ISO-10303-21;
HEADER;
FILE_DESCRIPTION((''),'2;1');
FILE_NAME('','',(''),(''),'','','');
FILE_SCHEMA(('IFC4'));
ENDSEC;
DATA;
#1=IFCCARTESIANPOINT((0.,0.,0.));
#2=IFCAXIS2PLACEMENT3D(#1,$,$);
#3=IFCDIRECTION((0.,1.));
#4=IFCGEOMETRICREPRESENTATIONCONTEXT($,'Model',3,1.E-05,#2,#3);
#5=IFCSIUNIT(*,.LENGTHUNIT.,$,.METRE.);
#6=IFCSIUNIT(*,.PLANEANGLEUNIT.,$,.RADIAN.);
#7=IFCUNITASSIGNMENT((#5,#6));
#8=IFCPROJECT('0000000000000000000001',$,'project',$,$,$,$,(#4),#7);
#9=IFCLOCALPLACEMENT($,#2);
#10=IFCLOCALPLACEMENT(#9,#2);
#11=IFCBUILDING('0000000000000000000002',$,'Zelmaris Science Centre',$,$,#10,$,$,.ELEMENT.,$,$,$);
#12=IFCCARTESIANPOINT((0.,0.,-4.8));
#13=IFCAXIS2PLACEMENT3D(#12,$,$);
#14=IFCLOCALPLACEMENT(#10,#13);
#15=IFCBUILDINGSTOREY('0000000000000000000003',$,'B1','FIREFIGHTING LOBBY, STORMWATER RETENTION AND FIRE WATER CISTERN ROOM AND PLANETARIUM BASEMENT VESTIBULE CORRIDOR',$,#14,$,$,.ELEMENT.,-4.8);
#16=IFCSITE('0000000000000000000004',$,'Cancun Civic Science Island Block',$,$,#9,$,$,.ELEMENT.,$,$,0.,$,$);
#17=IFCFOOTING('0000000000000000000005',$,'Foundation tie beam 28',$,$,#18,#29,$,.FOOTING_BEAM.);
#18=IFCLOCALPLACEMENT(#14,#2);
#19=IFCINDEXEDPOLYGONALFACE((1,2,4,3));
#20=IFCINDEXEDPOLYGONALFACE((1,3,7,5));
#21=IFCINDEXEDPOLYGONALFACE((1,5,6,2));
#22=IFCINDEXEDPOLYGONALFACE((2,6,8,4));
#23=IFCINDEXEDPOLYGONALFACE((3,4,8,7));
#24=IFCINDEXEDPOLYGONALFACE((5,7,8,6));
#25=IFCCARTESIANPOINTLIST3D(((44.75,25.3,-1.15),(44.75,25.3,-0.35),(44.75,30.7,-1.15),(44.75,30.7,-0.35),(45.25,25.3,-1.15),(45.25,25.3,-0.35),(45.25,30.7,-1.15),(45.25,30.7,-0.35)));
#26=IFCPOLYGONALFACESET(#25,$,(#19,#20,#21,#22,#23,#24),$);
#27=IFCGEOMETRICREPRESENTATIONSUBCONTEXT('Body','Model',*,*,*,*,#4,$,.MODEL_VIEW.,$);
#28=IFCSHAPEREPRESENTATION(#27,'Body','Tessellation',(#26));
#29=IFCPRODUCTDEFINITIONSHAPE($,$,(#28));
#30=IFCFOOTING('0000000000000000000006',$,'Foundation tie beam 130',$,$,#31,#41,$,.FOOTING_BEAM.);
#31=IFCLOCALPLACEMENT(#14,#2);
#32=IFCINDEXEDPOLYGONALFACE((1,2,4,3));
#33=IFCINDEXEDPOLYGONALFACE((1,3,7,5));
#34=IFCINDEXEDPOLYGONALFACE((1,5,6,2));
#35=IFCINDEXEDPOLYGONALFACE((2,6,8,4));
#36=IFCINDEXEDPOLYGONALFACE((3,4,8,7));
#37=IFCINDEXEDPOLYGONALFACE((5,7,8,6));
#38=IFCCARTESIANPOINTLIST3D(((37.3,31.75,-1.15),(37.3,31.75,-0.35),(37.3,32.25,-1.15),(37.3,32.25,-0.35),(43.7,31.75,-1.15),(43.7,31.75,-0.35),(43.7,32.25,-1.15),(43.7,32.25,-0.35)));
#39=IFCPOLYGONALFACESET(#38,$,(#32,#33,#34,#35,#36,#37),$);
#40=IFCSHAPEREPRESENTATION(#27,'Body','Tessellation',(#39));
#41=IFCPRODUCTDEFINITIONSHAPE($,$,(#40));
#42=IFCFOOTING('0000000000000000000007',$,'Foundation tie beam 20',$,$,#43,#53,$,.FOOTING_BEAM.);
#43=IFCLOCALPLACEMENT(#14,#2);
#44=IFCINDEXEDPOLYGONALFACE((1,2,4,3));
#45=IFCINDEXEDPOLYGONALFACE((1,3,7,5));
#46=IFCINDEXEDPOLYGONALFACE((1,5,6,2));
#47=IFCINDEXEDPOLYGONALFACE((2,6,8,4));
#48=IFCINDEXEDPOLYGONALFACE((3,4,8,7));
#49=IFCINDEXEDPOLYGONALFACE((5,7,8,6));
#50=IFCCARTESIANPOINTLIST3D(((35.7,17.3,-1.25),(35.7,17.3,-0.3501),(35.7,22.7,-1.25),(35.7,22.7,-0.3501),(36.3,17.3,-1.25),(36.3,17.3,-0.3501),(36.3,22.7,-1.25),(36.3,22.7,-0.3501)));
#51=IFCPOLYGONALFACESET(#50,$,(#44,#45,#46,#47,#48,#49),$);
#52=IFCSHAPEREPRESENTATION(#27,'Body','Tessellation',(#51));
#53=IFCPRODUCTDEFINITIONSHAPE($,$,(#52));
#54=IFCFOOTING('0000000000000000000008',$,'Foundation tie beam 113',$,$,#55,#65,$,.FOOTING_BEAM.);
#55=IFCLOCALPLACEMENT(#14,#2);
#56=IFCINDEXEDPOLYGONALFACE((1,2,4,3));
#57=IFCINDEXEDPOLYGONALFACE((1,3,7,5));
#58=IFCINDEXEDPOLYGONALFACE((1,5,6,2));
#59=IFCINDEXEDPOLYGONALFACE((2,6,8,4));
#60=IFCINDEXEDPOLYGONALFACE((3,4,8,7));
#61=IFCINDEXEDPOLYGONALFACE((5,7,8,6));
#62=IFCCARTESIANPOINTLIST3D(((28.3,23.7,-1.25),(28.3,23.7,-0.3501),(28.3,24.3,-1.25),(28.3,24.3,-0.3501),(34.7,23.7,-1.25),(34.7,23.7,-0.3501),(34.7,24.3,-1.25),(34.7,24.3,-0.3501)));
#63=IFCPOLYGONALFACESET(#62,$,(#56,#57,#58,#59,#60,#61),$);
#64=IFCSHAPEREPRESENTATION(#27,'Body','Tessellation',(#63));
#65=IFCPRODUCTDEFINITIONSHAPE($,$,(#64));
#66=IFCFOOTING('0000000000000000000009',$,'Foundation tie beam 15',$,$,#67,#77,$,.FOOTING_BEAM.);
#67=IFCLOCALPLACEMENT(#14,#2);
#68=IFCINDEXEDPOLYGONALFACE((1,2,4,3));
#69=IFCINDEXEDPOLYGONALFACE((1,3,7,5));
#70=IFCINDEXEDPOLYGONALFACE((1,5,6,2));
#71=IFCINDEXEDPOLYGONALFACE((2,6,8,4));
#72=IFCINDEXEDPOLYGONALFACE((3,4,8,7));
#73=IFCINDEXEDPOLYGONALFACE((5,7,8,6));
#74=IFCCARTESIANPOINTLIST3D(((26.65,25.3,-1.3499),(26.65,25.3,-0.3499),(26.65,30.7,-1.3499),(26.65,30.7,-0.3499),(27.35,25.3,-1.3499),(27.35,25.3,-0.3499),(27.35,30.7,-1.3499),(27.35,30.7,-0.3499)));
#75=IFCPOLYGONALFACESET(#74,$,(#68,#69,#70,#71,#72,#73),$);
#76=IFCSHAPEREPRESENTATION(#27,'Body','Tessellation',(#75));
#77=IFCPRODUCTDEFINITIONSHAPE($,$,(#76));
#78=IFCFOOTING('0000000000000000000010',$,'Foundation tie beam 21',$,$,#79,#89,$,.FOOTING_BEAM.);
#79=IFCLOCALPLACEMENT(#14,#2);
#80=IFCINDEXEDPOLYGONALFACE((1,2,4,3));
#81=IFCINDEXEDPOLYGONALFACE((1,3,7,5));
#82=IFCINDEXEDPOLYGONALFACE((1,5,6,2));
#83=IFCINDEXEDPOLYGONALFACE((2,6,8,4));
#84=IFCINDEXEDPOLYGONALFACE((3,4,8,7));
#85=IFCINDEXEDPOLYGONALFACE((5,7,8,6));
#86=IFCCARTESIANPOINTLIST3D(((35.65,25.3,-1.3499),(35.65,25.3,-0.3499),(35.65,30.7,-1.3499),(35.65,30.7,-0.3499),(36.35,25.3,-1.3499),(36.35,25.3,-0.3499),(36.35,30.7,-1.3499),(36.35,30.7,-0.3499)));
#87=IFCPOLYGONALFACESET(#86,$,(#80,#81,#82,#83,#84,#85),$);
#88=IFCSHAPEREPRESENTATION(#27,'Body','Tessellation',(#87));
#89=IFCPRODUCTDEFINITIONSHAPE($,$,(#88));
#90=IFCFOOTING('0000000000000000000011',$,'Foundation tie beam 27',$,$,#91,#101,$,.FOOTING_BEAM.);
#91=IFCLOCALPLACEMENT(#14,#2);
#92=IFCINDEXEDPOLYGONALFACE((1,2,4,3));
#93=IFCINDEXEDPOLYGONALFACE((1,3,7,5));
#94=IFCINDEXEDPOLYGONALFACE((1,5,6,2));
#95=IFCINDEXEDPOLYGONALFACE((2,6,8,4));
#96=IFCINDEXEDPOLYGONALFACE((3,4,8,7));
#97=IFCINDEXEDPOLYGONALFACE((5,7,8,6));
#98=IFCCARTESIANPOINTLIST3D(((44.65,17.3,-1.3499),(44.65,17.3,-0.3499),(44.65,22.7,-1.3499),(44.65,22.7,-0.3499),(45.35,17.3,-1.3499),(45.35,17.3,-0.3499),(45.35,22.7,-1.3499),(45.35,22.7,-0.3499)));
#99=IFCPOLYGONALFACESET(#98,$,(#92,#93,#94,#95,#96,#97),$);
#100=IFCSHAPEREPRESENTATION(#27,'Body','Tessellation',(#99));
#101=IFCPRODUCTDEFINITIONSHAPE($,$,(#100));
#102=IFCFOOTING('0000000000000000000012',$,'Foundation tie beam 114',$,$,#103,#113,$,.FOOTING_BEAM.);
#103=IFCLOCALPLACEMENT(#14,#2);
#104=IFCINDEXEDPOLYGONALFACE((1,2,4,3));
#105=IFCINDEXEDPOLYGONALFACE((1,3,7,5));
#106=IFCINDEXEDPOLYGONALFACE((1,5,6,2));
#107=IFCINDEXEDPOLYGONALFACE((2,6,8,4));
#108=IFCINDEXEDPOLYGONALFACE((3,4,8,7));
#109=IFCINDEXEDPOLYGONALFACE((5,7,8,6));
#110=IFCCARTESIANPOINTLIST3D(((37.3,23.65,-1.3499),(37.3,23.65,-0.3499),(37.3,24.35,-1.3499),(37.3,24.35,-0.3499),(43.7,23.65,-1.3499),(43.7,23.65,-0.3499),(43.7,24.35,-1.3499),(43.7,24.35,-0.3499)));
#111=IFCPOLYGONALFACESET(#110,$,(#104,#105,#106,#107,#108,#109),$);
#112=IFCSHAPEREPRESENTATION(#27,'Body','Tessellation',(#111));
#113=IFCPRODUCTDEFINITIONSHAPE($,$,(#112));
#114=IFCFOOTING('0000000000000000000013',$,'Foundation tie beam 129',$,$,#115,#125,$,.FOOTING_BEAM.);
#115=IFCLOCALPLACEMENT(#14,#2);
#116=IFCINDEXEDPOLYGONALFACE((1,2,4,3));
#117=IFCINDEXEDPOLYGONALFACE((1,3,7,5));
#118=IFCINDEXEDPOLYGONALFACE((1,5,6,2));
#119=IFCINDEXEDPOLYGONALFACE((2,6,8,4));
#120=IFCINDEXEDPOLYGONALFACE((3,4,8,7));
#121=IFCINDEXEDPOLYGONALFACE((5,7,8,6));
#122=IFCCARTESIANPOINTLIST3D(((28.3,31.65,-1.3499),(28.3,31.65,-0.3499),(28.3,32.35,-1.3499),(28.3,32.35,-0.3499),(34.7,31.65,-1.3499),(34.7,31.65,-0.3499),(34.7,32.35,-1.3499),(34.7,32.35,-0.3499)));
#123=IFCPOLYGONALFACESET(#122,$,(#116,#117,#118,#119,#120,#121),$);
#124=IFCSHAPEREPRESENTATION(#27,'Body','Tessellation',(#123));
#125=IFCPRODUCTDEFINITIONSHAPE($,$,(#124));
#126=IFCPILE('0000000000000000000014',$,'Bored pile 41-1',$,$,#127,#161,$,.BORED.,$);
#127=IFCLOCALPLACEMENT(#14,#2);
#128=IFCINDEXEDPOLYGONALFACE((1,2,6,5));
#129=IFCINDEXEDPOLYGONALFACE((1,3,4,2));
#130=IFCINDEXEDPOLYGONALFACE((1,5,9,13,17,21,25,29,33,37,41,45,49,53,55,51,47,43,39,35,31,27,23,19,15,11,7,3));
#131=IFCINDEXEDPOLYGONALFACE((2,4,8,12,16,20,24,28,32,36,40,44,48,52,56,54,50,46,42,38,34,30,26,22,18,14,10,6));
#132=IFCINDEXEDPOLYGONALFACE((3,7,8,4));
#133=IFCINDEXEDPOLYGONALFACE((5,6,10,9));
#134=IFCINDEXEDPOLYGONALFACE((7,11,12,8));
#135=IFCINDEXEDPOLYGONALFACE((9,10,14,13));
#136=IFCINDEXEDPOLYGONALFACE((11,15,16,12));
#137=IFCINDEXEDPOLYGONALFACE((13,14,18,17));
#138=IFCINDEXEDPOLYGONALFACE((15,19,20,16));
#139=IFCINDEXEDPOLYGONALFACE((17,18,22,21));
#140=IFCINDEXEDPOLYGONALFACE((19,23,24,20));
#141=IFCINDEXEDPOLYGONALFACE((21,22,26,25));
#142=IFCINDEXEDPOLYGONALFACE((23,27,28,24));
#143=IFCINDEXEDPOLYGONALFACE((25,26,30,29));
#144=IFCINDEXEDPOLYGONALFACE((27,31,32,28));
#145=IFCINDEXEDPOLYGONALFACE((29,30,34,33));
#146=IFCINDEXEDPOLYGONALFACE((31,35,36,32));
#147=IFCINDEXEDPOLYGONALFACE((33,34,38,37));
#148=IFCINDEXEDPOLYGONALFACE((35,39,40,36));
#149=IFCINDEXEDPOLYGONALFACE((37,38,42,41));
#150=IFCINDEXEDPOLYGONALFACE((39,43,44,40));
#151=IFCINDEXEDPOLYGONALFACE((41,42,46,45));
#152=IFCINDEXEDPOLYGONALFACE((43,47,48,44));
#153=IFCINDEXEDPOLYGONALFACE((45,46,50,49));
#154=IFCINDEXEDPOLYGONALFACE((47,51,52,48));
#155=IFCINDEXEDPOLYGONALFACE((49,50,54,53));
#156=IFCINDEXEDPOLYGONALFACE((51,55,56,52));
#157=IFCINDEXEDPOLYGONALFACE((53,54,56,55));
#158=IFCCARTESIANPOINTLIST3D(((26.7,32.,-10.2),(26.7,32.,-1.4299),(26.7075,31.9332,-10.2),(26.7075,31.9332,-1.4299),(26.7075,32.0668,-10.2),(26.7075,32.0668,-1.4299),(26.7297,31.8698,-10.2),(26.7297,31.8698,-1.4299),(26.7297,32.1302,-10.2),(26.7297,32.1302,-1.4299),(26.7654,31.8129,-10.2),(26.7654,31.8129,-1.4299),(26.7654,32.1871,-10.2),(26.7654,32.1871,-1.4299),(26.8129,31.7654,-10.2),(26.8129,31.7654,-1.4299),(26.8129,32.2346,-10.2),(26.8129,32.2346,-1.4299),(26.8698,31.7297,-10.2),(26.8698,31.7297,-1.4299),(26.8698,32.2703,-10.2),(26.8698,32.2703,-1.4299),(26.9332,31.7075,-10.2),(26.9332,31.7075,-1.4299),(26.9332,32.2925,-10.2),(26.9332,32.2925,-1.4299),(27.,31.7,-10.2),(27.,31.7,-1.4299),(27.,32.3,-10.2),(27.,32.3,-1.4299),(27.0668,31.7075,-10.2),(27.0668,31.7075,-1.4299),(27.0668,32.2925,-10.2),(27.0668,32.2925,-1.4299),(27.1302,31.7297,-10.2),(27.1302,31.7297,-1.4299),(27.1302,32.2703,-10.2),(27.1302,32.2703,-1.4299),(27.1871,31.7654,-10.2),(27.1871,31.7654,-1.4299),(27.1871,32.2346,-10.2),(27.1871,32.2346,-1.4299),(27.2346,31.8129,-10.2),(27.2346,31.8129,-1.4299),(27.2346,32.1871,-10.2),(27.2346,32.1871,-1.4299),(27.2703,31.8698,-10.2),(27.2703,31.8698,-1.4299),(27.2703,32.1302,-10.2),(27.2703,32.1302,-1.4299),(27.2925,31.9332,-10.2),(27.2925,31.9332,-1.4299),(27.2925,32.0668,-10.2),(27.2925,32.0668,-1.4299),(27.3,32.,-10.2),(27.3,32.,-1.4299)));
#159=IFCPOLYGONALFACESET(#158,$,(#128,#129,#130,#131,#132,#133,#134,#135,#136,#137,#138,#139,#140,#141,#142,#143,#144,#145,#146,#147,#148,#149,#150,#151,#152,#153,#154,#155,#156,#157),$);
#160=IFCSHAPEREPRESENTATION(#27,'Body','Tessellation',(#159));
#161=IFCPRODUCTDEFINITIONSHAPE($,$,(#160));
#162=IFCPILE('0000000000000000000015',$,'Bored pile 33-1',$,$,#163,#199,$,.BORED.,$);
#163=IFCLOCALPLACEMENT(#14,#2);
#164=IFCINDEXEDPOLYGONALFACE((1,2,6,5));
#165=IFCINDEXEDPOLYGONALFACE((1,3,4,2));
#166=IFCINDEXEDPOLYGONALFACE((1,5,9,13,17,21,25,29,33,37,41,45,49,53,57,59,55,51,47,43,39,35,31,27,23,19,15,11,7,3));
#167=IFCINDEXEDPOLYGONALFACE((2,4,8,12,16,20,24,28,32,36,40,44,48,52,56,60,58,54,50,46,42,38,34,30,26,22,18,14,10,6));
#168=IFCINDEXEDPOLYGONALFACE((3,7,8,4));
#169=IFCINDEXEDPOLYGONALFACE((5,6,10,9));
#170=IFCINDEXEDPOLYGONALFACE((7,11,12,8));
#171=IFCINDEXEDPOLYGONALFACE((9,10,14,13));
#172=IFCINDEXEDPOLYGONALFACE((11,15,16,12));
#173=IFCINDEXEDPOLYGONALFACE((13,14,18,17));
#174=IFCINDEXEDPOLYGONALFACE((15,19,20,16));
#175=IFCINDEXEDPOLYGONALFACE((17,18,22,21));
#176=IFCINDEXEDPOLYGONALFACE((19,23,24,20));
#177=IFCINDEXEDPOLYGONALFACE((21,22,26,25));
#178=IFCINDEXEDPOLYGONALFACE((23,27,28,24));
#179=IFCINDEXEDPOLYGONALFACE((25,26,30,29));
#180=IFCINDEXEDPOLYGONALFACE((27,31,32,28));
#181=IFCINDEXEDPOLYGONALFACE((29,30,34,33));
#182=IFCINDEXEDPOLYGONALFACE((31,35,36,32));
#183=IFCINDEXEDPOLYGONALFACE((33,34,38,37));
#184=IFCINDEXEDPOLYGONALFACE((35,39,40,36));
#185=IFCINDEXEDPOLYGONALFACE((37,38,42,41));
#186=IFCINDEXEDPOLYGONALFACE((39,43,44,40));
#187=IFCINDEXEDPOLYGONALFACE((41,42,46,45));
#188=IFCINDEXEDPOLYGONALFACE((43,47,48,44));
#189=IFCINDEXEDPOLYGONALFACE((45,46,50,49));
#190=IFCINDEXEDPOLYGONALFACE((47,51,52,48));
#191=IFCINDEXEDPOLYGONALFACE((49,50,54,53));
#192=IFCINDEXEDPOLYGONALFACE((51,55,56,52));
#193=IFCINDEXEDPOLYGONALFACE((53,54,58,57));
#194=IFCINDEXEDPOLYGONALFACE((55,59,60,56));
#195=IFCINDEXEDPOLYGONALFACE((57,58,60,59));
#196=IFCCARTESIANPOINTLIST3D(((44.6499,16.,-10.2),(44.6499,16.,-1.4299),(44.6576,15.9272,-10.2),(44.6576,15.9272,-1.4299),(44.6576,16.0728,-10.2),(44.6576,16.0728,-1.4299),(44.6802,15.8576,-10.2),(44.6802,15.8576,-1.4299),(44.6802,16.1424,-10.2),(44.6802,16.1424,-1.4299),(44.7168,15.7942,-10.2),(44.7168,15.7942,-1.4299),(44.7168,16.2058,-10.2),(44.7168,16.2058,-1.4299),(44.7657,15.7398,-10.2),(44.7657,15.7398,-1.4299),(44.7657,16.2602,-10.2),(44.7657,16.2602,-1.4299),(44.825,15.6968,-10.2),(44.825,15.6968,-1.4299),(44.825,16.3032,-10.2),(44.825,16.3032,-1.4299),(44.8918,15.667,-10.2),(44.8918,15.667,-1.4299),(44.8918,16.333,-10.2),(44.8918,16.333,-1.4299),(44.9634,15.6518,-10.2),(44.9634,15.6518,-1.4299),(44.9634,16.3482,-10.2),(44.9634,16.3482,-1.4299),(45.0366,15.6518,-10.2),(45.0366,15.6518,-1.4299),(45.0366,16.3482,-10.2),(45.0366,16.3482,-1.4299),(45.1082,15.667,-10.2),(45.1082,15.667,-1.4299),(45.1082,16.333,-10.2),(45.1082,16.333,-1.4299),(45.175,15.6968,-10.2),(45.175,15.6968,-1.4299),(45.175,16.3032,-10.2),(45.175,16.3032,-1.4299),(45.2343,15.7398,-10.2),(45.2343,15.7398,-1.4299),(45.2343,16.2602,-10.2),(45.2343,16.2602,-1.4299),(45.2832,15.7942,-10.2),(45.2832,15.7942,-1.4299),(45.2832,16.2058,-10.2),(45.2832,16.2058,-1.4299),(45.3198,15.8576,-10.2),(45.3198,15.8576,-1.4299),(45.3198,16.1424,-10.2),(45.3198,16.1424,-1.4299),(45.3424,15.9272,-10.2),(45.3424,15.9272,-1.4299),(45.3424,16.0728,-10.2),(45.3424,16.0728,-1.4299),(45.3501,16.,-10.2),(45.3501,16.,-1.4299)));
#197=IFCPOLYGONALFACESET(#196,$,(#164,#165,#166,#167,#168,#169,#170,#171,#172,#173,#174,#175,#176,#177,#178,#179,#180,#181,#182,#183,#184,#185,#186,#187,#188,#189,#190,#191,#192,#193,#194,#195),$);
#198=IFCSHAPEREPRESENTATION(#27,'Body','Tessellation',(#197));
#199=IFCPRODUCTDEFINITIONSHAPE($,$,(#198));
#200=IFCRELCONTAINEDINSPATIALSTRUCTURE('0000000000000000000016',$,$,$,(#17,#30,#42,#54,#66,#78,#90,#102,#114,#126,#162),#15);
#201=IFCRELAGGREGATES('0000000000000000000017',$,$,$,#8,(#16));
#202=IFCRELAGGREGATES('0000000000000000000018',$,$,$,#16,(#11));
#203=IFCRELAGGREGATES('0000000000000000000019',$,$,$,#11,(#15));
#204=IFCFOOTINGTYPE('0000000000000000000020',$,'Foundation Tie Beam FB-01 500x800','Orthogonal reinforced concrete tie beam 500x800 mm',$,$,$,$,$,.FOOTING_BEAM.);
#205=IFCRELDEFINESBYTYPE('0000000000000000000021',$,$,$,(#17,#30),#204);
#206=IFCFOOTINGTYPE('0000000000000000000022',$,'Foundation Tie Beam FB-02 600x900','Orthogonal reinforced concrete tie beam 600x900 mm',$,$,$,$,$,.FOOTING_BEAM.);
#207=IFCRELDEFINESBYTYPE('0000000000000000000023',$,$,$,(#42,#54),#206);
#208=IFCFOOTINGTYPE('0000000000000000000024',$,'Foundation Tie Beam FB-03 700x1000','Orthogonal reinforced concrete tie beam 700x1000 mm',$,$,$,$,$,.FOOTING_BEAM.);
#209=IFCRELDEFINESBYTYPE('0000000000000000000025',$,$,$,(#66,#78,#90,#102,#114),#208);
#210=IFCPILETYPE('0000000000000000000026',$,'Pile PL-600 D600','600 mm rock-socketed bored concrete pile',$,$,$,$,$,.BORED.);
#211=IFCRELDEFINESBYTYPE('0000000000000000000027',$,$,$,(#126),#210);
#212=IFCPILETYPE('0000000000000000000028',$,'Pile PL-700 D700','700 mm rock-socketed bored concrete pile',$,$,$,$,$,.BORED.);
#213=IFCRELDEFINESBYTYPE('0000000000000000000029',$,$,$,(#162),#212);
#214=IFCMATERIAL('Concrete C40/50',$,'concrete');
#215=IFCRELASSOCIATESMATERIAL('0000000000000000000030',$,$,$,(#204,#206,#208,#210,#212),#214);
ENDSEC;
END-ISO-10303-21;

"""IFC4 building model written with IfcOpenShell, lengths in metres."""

from ifc_helpers import new_model, si_unit, direction, frame, origin, origin_2d, place, context, subcontext, project, spatial, rectangle, circle, extrude, material, material_profile, profile_set, type_object, element, save


model = new_model("IFC4")

# Units and contexts
model_context = context("Model", 3, precision=1e-05, world=origin(), true_north=direction((0.0, 1.0)))
body_context = subcontext(model_context, "Body", "Model", "MODEL_VIEW")
ifc_project = project(units=[si_unit("LENGTHUNIT", "METRE"), si_unit("PLANEANGLEUNIT", "RADIAN")], contexts=[model_context])

# Site, building, storey
site_placement = place(None, origin())
site = spatial("IfcSite", under=ifc_project, at=site_placement, Name="Cancun Civic Science Island Block", CompositionType="ELEMENT", RefElevation=0.0)
building_placement = place(site_placement, origin())
building = spatial("IfcBuilding", under=site, at=building_placement, Name="Zelmaris Science Centre", CompositionType="ELEMENT")
storey_placement = place(building_placement, frame((0.0, 0.0, -4.8)))
storey = spatial("IfcBuildingStorey", under=building, at=storey_placement, Name="B1", Description="FIREFIGHTING LOBBY, STORMWATER RETENTION AND FIRE WATER CISTERN ROOM AND PLANETARIUM BASEMENT VESTIBULE CORRIDOR", CompositionType="ELEMENT", Elevation=-4.8)

# Footings
ifc_material_1 = material(Name="Concrete C40/50", Category="concrete")
ifc_material_profile_1 = material_profile(ifc_material_1, rectangle(XDim=0.5, YDim=0.8, at=origin_2d()), Name="FB-500X800")
ifc_profile_set_1 = profile_set([ifc_material_profile_1], Name="Concrete C40/50")
footing_type_1 = type_object("IfcFootingType", Name="Foundation Tie Beam FB-01 500x800", Description="Orthogonal reinforced concrete tie beam 500x800 mm", PredefinedType="FOOTING_BEAM", material=ifc_profile_set_1)
footing_1_placement = place(storey_placement, frame((45.0, 25.3, -0.75), z_axis=(0.0, 1.0, 0.0), x_axis=(-1.0, 0.0, 0.0)))
element("IfcFooting", 1, at=footing_1_placement, inside=storey, type_object=footing_type_1, Name="Foundation tie beam 28", PredefinedType="FOOTING_BEAM", context=body_context, shape_type="SweptSolid", body=[
    extrude(rectangle(XDim=0.5, YDim=0.8, at=origin_2d()), origin(), (0.0, 0.0, 1.0), 5.3999),
])
footing_2_placement = place(storey_placement, frame((37.3, 32.0, -0.75), z_axis=(1.0, 0.0, 0.0), x_axis=(0.0, 1.0, 0.0)))
element("IfcFooting", 2, at=footing_2_placement, inside=storey, type_object=footing_type_1, Name="Foundation tie beam 130", PredefinedType="FOOTING_BEAM", context=body_context, shape_type="SweptSolid", body=[
    extrude(rectangle(XDim=0.5, YDim=0.8, at=origin_2d()), origin(), (0.0, 0.0, 1.0), 6.3999),
])
ifc_material_profile_2 = material_profile(ifc_material_1, rectangle(XDim=0.6001, YDim=0.8999, at=origin_2d()), Name="FB-600X900")
ifc_profile_set_2 = profile_set([ifc_material_profile_2], Name="Concrete C40/50")
footing_type_2 = type_object("IfcFootingType", Name="Foundation Tie Beam FB-02 600x900", Description="Orthogonal reinforced concrete tie beam 600x900 mm", PredefinedType="FOOTING_BEAM", material=ifc_profile_set_2)
footing_3_placement = place(storey_placement, frame((36.0, 17.3, -0.8), z_axis=(0.0, 1.0, 0.0), x_axis=(-1.0, 0.0, 0.0)))
element("IfcFooting", 3, at=footing_3_placement, inside=storey, type_object=footing_type_2, Name="Foundation tie beam 20", PredefinedType="FOOTING_BEAM", context=body_context, shape_type="SweptSolid", body=[
    extrude(rectangle(XDim=0.6001, YDim=0.8999, at=origin_2d()), origin(), (0.0, 0.0, 1.0), 5.3999),
])
footing_4_placement = place(storey_placement, frame((28.3, 24.0, -0.8), z_axis=(1.0, 0.0, 0.0), x_axis=(0.0, 1.0, 0.0)))
element("IfcFooting", 4, at=footing_4_placement, inside=storey, type_object=footing_type_2, Name="Foundation tie beam 113", PredefinedType="FOOTING_BEAM", context=body_context, shape_type="SweptSolid", body=[
    extrude(rectangle(XDim=0.6001, YDim=0.8999, at=origin_2d()), origin(), (0.0, 0.0, 1.0), 6.3999),
])
ifc_material_profile_3 = material_profile(ifc_material_1, rectangle(XDim=0.7, YDim=1.0, at=origin_2d()), Name="FB-700X1000")
ifc_profile_set_3 = profile_set([ifc_material_profile_3], Name="Concrete C40/50")
footing_type_3 = type_object("IfcFootingType", Name="Foundation Tie Beam FB-03 700x1000", Description="Orthogonal reinforced concrete tie beam 700x1000 mm", PredefinedType="FOOTING_BEAM", material=ifc_profile_set_3)
for number, where, z_axis, x_axis, name in (
    (5, (27.0, 25.3, -0.8499), (0.0, 1.0, 0.0), (-1.0, 0.0, 0.0), "Foundation tie beam 15"),
    (6, (36.0, 25.3, -0.8499), (0.0, 1.0, 0.0), (-1.0, 0.0, 0.0), "Foundation tie beam 21"),
    (7, (45.0, 17.3, -0.8499), (0.0, 1.0, 0.0), (-1.0, 0.0, 0.0), "Foundation tie beam 27"),
):
    element("IfcFooting", number, at=place(storey_placement, frame(where, z_axis=z_axis, x_axis=x_axis)), inside=storey, type_object=footing_type_3, Name=name, PredefinedType="FOOTING_BEAM", context=body_context, shape_type="SweptSolid", body=[
        extrude(rectangle(XDim=0.7, YDim=1.0, at=origin_2d()), origin(), (0.0, 0.0, 1.0), 5.3999),
    ])
for number, where, z_axis, x_axis, name in (
    (8, (37.3, 24.0, -0.8499), (1.0, 0.0, 0.0), (0.0, 1.0, 0.0), "Foundation tie beam 114"),
    (9, (28.3, 32.0, -0.8499), (1.0, 0.0, 0.0), (0.0, 1.0, 0.0), "Foundation tie beam 129"),
):
    element("IfcFooting", number, at=place(storey_placement, frame(where, z_axis=z_axis, x_axis=x_axis)), inside=storey, type_object=footing_type_3, Name=name, PredefinedType="FOOTING_BEAM", context=body_context, shape_type="SweptSolid", body=[
        extrude(rectangle(XDim=0.7, YDim=1.0, at=origin_2d()), origin(), (0.0, 0.0, 1.0), 6.3999),
    ])

# Piles
ifc_material_profile_4 = material_profile(ifc_material_1, circle(Radius=0.3, at=origin_2d()), Name="PILE-600")
ifc_profile_set_4 = profile_set([ifc_material_profile_4], Name="Concrete C40/50")
pile_type_1 = type_object("IfcPileType", Name="Pile PL-600 D600", Description="600 mm rock-socketed bored concrete pile", PredefinedType="BORED", material=ifc_profile_set_4)
pile_1_placement = place(storey_placement, frame((27.0, 32.0, -1.4299), z_axis=(0.0, 0.0, -1.0), x_axis=(1.0, 0.0, 0.0)))
element("IfcPile", 10, at=pile_1_placement, inside=storey, type_object=pile_type_1, Name="Bored pile 41-1", PredefinedType="BORED", context=body_context, shape_type="SweptSolid", body=[
    extrude(circle(Radius=0.3, at=origin_2d()), origin(), (0.0, 0.0, 1.0), 8.77),
])
ifc_material_profile_5 = material_profile(ifc_material_1, circle(Radius=0.3501, at=origin_2d()), Name="PILE-700")
ifc_profile_set_5 = profile_set([ifc_material_profile_5], Name="Concrete C40/50")
pile_type_2 = type_object("IfcPileType", Name="Pile PL-700 D700", Description="700 mm rock-socketed bored concrete pile", PredefinedType="BORED", material=ifc_profile_set_5)
for number, where, z_axis, x_axis, name in (
    (11, (45.0, 16.0, -1.4299), (0.0, 0.0, -1.0), (1.0, 0.0, 0.0), "Bored pile 33-1"),
):
    element("IfcPile", number, at=place(storey_placement, frame(where, z_axis=z_axis, x_axis=x_axis)), inside=storey, type_object=pile_type_2, Name=name, PredefinedType="BORED", context=body_context, shape_type="SweptSolid", body=[
        extrude(circle(Radius=0.3501, at=origin_2d()), origin(), (0.0, 0.0, 1.0), 8.77),
    ])

save(model, "model.ifc")
